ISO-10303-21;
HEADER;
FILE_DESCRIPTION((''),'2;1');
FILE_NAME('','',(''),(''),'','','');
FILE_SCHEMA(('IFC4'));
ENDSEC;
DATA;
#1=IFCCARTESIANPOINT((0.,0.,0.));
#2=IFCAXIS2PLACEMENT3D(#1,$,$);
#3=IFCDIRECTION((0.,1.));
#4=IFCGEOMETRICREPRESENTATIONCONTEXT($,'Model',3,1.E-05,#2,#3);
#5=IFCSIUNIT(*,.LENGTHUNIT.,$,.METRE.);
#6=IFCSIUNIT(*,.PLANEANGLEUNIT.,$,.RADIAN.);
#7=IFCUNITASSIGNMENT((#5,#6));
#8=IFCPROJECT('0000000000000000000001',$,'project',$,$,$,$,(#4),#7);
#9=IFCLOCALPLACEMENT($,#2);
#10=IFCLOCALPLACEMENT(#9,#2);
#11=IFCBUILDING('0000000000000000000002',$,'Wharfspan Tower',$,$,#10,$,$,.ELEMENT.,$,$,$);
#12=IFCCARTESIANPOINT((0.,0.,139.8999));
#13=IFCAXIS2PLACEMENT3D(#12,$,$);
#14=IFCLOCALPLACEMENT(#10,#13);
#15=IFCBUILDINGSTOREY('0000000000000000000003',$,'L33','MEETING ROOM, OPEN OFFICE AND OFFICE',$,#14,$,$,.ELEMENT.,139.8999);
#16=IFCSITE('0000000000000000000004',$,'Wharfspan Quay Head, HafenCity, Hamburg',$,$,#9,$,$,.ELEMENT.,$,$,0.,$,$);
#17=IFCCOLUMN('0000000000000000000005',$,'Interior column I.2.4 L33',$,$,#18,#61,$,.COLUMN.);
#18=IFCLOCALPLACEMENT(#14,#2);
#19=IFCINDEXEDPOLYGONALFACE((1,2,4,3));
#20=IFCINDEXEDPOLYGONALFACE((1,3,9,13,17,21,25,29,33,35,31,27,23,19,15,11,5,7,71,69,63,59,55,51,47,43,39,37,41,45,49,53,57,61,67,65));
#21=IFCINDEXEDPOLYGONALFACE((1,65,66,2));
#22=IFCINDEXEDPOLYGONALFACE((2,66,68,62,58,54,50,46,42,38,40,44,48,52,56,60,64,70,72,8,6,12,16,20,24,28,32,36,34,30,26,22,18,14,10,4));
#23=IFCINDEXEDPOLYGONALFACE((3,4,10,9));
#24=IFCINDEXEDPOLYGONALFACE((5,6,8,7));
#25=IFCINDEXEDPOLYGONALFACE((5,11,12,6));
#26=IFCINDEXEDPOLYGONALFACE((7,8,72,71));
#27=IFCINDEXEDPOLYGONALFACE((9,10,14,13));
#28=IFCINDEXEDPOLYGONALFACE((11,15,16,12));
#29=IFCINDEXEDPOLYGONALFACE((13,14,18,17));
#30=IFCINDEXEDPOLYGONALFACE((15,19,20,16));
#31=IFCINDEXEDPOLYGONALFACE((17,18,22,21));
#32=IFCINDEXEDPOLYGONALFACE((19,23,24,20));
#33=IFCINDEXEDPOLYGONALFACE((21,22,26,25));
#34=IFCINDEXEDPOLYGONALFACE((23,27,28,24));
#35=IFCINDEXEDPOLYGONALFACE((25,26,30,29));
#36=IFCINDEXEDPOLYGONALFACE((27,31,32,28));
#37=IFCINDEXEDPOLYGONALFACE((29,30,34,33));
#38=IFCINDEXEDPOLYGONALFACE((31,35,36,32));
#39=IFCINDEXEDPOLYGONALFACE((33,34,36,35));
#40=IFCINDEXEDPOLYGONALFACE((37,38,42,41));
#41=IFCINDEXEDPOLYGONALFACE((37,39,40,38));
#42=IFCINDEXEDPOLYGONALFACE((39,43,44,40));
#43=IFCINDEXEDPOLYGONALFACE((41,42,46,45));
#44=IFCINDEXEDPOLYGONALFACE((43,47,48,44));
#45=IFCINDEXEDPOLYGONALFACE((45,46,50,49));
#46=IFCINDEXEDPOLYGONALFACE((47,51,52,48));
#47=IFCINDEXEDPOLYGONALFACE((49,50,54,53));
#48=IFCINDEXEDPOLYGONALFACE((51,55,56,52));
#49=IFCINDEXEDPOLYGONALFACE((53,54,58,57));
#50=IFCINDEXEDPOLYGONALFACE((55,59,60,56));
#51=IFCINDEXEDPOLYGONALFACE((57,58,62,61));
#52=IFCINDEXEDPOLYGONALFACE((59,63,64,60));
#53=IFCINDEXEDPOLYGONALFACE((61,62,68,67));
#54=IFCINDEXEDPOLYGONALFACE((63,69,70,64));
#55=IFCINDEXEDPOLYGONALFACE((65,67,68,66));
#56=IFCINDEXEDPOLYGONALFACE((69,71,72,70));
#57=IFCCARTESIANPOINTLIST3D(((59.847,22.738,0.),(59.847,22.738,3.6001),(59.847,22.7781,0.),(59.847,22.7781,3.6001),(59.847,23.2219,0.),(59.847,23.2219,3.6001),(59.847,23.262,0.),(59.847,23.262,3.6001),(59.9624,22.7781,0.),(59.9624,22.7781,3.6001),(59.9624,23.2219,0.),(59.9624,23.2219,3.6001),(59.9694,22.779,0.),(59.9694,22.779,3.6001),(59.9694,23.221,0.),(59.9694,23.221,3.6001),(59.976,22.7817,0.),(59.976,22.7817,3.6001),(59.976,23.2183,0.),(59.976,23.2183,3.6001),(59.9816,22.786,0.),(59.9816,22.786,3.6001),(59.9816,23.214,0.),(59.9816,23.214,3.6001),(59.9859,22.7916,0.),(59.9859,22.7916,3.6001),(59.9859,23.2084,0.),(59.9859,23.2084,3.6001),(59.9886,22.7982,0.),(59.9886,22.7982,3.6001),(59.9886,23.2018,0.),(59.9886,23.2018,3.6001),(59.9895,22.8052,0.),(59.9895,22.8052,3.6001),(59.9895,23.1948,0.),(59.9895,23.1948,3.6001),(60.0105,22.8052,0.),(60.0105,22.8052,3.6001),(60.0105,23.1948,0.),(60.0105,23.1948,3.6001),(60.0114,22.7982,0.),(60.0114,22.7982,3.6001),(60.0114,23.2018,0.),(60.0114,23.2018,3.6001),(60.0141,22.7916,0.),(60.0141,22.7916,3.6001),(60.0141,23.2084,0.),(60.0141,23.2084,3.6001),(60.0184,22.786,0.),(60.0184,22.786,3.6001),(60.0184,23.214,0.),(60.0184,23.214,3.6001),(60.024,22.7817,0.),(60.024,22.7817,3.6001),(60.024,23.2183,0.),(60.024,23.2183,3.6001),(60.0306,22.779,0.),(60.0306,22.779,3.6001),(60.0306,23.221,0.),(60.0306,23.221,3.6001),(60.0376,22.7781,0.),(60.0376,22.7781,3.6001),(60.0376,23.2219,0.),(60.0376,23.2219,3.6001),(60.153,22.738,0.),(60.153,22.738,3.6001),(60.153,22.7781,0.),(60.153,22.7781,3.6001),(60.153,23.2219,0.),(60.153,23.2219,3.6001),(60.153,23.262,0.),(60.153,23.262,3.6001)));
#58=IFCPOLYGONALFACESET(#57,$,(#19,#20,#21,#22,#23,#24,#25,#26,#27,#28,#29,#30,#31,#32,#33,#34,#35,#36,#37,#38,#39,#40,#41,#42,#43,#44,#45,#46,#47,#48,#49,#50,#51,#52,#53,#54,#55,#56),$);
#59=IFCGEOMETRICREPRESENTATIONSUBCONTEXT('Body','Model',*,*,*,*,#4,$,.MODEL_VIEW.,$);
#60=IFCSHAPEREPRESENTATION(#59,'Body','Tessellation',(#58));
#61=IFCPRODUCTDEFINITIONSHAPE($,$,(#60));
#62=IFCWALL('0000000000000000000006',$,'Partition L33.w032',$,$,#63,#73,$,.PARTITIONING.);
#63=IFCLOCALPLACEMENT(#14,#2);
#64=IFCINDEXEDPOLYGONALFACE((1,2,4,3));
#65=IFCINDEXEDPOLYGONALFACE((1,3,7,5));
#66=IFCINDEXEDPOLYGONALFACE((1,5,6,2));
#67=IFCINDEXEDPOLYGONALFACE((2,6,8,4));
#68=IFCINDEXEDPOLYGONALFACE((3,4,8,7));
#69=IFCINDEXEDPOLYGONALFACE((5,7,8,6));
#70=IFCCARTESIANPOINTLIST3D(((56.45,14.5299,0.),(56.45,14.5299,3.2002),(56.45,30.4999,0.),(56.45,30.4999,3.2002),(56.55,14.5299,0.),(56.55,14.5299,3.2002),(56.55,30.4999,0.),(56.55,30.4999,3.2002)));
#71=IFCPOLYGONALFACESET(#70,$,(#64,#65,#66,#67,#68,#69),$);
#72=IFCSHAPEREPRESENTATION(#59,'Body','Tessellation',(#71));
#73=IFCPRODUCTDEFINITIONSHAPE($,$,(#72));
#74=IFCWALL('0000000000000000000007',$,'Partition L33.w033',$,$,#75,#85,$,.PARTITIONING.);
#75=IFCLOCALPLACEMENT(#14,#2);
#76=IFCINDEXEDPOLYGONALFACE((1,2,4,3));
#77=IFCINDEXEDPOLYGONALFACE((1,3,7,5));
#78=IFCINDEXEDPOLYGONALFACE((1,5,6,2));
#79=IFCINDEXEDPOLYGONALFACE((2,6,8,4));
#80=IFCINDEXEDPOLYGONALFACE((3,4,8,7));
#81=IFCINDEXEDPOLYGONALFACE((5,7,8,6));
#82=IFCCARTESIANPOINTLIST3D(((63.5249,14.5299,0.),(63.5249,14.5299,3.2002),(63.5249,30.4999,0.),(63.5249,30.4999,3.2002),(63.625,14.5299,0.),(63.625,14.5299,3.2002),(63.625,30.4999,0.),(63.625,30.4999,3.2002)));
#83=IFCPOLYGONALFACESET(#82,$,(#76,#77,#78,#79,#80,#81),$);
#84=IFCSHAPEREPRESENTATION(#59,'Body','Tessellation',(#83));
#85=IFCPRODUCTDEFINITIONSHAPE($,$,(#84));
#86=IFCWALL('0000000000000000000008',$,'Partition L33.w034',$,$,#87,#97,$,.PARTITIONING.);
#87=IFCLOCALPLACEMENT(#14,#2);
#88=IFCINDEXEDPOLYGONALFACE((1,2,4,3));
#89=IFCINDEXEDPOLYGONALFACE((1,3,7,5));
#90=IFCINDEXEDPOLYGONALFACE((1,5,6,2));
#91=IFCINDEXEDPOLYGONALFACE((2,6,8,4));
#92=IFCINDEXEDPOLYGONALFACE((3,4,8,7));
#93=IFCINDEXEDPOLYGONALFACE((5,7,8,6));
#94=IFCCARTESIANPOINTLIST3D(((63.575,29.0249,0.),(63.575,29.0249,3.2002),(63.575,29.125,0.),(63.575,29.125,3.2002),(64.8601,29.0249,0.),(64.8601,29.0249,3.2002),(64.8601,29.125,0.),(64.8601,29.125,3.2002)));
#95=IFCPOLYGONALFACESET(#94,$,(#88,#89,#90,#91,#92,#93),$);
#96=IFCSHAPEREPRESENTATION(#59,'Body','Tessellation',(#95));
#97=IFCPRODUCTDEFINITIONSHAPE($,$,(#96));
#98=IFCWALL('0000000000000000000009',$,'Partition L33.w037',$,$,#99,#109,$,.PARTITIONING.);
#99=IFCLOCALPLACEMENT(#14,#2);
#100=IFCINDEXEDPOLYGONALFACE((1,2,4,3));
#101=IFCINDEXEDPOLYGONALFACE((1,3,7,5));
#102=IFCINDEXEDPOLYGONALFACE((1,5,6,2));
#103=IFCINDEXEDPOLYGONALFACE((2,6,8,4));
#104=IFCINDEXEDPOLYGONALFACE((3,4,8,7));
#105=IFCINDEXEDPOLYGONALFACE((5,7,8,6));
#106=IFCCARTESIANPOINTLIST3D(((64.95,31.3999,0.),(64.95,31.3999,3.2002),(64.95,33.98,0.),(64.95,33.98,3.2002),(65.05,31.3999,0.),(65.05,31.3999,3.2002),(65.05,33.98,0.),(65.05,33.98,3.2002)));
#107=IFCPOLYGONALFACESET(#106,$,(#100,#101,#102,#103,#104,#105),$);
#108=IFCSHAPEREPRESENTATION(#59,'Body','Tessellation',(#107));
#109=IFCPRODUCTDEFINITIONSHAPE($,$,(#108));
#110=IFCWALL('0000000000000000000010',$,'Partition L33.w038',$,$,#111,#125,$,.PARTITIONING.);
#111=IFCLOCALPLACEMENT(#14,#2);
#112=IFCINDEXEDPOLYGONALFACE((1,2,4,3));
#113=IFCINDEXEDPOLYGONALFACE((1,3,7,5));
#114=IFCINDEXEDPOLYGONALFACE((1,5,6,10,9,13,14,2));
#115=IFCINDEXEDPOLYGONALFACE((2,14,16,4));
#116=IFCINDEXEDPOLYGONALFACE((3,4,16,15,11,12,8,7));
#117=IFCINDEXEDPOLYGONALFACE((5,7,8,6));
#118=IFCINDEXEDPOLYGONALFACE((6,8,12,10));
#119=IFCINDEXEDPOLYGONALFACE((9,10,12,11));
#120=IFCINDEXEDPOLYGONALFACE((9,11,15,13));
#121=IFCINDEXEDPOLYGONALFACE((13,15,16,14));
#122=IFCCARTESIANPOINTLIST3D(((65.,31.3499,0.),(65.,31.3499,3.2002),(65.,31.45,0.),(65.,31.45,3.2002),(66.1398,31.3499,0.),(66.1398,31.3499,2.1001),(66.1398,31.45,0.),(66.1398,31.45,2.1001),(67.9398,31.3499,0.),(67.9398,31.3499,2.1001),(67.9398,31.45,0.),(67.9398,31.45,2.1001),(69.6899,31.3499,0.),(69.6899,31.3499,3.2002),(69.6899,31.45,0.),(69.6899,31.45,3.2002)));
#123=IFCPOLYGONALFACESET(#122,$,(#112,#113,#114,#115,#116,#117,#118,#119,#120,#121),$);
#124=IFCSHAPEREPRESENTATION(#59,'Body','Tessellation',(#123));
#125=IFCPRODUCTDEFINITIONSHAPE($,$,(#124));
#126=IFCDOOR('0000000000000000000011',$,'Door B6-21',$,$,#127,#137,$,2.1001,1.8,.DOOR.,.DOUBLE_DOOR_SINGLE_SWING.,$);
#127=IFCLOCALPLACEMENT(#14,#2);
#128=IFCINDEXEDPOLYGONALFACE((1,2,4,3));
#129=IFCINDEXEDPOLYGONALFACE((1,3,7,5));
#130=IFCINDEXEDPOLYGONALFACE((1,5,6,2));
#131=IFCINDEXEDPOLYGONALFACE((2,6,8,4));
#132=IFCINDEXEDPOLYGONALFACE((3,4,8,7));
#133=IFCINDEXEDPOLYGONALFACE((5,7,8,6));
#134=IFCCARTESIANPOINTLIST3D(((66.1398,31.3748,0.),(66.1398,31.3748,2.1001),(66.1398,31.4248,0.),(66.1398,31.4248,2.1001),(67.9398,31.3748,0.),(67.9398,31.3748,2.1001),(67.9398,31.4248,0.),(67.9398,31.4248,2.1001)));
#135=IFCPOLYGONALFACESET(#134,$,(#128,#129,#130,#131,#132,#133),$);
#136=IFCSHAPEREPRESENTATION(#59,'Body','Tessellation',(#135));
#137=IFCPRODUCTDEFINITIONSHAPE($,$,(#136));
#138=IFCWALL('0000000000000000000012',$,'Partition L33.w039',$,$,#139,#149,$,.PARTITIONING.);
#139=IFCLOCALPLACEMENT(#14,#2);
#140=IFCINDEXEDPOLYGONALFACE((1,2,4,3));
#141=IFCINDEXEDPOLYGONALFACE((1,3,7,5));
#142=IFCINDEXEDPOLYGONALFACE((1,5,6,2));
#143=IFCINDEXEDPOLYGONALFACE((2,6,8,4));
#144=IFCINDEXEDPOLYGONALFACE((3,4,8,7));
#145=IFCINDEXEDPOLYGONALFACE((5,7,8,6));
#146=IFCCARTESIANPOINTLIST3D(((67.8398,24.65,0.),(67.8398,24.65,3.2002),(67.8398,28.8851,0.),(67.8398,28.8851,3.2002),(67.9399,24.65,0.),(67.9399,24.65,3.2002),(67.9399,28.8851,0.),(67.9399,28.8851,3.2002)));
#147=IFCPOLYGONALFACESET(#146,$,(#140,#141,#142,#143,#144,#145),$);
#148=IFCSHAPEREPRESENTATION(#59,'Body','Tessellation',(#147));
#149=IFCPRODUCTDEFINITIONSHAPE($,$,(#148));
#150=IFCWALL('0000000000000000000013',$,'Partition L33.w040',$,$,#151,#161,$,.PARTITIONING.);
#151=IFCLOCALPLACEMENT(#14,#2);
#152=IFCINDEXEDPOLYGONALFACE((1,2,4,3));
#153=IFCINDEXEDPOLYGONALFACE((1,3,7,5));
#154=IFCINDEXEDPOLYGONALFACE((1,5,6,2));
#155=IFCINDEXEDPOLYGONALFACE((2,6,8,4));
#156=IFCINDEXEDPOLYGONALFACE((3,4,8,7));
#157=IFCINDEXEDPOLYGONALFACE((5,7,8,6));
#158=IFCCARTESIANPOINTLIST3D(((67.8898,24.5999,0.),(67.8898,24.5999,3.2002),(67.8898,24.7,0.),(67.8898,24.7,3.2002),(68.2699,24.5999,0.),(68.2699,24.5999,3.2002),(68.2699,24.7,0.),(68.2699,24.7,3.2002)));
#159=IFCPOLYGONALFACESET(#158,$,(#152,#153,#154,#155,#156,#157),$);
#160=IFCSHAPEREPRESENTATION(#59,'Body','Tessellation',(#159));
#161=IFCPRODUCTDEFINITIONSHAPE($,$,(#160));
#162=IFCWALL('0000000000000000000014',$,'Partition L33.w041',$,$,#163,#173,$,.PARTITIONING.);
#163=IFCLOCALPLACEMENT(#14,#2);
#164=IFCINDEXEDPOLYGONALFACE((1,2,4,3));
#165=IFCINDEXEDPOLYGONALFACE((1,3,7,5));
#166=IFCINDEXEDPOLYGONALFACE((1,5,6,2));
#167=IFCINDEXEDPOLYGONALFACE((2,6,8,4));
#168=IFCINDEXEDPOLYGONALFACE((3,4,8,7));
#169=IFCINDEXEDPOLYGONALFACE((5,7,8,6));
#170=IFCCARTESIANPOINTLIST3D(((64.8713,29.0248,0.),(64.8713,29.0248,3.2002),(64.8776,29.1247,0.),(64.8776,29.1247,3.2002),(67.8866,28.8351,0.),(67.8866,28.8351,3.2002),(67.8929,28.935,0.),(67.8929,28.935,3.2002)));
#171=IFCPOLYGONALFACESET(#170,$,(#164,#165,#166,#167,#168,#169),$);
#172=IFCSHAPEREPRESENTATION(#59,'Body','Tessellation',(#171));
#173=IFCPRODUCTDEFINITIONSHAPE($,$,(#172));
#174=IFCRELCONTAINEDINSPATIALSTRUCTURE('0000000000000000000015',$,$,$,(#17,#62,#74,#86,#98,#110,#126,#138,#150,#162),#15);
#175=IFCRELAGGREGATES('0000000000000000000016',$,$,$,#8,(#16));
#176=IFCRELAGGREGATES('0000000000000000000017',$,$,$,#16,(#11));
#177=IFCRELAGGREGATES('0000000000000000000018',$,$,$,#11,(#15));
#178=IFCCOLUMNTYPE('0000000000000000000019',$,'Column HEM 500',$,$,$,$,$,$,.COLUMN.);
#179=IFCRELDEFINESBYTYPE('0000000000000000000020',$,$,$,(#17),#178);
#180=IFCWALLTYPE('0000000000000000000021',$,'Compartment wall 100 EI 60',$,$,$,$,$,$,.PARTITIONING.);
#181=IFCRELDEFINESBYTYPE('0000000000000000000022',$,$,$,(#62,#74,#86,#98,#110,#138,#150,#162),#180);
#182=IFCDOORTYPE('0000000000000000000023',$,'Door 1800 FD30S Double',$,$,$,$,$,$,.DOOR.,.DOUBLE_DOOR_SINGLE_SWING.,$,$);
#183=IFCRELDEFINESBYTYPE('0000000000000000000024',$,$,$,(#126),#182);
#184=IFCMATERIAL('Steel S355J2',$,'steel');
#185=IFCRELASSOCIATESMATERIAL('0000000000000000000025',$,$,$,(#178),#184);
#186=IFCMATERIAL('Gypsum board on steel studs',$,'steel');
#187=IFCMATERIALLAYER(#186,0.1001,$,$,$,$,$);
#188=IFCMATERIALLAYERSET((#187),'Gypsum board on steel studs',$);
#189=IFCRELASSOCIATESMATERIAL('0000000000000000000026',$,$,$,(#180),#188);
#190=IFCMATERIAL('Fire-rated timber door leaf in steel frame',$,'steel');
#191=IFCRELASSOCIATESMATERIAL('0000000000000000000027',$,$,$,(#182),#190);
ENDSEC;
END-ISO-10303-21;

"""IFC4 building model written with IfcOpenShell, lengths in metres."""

from ifc_helpers import new_model, si_unit, direction, frame, frame_2d, origin, origin_2d, place, context, subcontext, project, spatial, rectangle, i_section, extrude, material, layer, layer_set, material_profile, profile_set, type_object, element, fill, save


model = new_model("IFC4")

# Units and contexts
model_context = context("Model", 3, precision=1e-05, world=origin(), true_north=direction((0.0, 1.0)))
body_context = subcontext(model_context, "Body", "Model", "MODEL_VIEW")
ifc_project = project(units=[si_unit("LENGTHUNIT", "METRE"), si_unit("PLANEANGLEUNIT", "RADIAN")], contexts=[model_context])

# Site, building, storey
site_placement = place(None, origin())
site = spatial("IfcSite", under=ifc_project, at=site_placement, Name="Wharfspan Quay Head, HafenCity, Hamburg", CompositionType="ELEMENT", RefElevation=0.0)
building_placement = place(site_placement, origin())
building = spatial("IfcBuilding", under=site, at=building_placement, Name="Wharfspan Tower", CompositionType="ELEMENT")
storey_placement = place(building_placement, frame((0.0, 0.0, 139.8999)))
storey = spatial("IfcBuildingStorey", under=building, at=storey_placement, Name="L33", Description="MEETING ROOM, OPEN OFFICE AND OFFICE", CompositionType="ELEMENT", Elevation=139.8999)

# Column
ifc_material_1 = material(Name="Steel S355J2", Category="steel")
ifc_material_profile = material_profile(ifc_material_1, i_section(OverallWidth=0.3059, OverallDepth=0.5239, WebThickness=0.021, FlangeThickness=0.04, FilletRadius=0.0271, at=origin_2d()))
ifc_profile_set = profile_set([ifc_material_profile], Name="Steel S355J2")
column_type = type_object("IfcColumnType", Name="Column HEM 500", PredefinedType="COLUMN", material=ifc_profile_set)
column_placement = place(storey_placement, frame((60.0, 23.0, 0.0), z_axis=(0.0, 0.0, 1.0), x_axis=(1.0, 0.0, 0.0)))
element("IfcColumn", 1, at=column_placement, inside=storey, type_object=column_type, Name="Interior column I.2.4 L33", PredefinedType="COLUMN", context=body_context, shape_type="SweptSolid", body=[
    extrude(i_section(OverallWidth=0.3059, OverallDepth=0.5239, WebThickness=0.021, FlangeThickness=0.04, FilletRadius=0.0271, at=origin_2d()), origin(), (0.0, 0.0, 1.0), 3.6001),
])

# Walls
ifc_material_2 = material(Name="Gypsum board on steel studs", Category="steel")
ifc_layer_1 = layer(ifc_material_2, 0.1001)
ifc_layer_set_1 = layer_set([ifc_layer_1], Name="Gypsum board on steel studs")
wall_type_1 = type_object("IfcWallType", Name="Compartment wall 100 EI 60", PredefinedType="PARTITIONING", material=ifc_layer_set_1)
for number, where, z_axis, x_axis, name in (
    (2, (56.5, 14.53, 0.0), (0.0, 0.0, 1.0), (0.0, 1.0, 0.0), "Partition L33.w032"),
    (3, (63.575, 14.53, 0.0), (0.0, 0.0, 1.0), (0.0, 1.0, 0.0), "Partition L33.w033"),
):
    element("IfcWall", number, at=place(storey_placement, frame(where, z_axis=z_axis, x_axis=x_axis)), inside=storey, type_object=wall_type_1, Name=name, PredefinedType="PARTITIONING", context=body_context, shape_type="SweptSolid", body=[
        extrude(rectangle(XDim=15.97, YDim=0.1001, at=frame_2d((7.9849, 0.0))), origin(), (0.0, 0.0, 1.0), 3.2002),
    ])
wall_1_placement = place(storey_placement, frame((63.575, 29.075, 0.0), z_axis=(0.0, 0.0, 1.0), x_axis=(1.0, 0.0, 0.0)))
element("IfcWall", 4, at=wall_1_placement, inside=storey, type_object=wall_type_1, Name="Partition L33.w034", PredefinedType="PARTITIONING", context=body_context, shape_type="SweptSolid", body=[
    extrude(rectangle(XDim=1.2852, YDim=0.1001, at=frame_2d((0.6426, 0.0))), origin(), (0.0, 0.0, 1.0), 3.2002),
])
wall_2_placement = place(storey_placement, frame((65.0, 31.3999, 0.0), z_axis=(0.0, 0.0, 1.0), x_axis=(0.0, 1.0, 0.0)))
element("IfcWall", 5, at=wall_2_placement, inside=storey, type_object=wall_type_1, Name="Partition L33.w037", PredefinedType="PARTITIONING", context=body_context, shape_type="SweptSolid", body=[
    extrude(rectangle(XDim=2.5801, YDim=0.1001, at=frame_2d((1.29, 0.0))), origin(), (0.0, 0.0, 1.0), 3.2002),
])

# Wall, opening, door
wall_3_placement = place(storey_placement, frame((65.0, 31.3999, 0.0), z_axis=(0.0, 0.0, 1.0), x_axis=(1.0, 0.0, 0.0)))
wall_3 = element("IfcWall", 6, at=wall_3_placement, inside=storey, type_object=wall_type_1, Name="Partition L33.w038", PredefinedType="PARTITIONING", context=body_context, shape_type="SweptSolid", body=[
    extrude(rectangle(XDim=4.6899, YDim=0.1001, at=frame_2d((2.345, 0.0))), origin(), (0.0, 0.0, 1.0), 3.2002),
])
opening_1_placement = place(wall_3_placement, frame((1.1399, 0.0, 0.0)))
opening_1 = element("IfcOpeningElement", 7, at=opening_1_placement, cuts=wall_3, PredefinedType="OPENING", context=body_context, shape_type="SweptSolid", body=[
    extrude(rectangle(XDim=1.8, YDim=2.1001, at=frame_2d((0.8999, 1.05))), frame((0.0, 0.0601, 0.0), z_axis=(0.0, -1.0, 0.0), x_axis=(1.0, 0.0, 0.0)), (0.0, 0.0, 1.0), 0.1201),
])
ifc_material_3 = material(Name="Fire-rated timber door leaf in steel frame", Category="steel")
door_type_1 = type_object("IfcDoorType", Name="Door 1800 FD30S Double", OperationType="DOUBLE_DOOR_SINGLE_SWING", PredefinedType="DOOR", material=ifc_material_3)
door_1_placement = place(opening_1_placement, origin())
door_1 = element("IfcDoor", 8, at=door_1_placement, inside=storey, type_object=door_type_1, Name="Door B6-21", OperationType="DOUBLE_DOOR_SINGLE_SWING", OverallHeight=2.1001, OverallWidth=1.8, PredefinedType="DOOR", context=body_context, shape_type="SweptSolid", body=[
    extrude(rectangle(XDim=1.8, YDim=2.1001, at=frame_2d((0.8999, 1.05))), frame((0.0, 0.0249, 0.0), z_axis=(0.0, -1.0, 0.0), x_axis=(1.0, 0.0, 0.0)), (0.0, 0.0, 1.0), 0.05),
])
fill(opening_1, door_1)

# Walls
wall_4_placement = place(storey_placement, frame((67.8899, 24.6499, 0.0), z_axis=(0.0, 0.0, 1.0), x_axis=(0.0, 1.0, 0.0)))
element("IfcWall", 9, at=wall_4_placement, inside=storey, type_object=wall_type_1, Name="Partition L33.w039", PredefinedType="PARTITIONING", context=body_context, shape_type="SweptSolid", body=[
    extrude(rectangle(XDim=4.2351, YDim=0.1001, at=frame_2d((2.1177, 0.0))), origin(), (0.0, 0.0, 1.0), 3.2002),
])
wall_5_placement = place(storey_placement, frame((67.8899, 24.6499, 0.0), z_axis=(0.0, 0.0, 1.0), x_axis=(1.0, 0.0, 0.0)))
element("IfcWall", 10, at=wall_5_placement, inside=storey, type_object=wall_type_1, Name="Partition L33.w040", PredefinedType="PARTITIONING", context=body_context, shape_type="SweptSolid", body=[
    extrude(rectangle(XDim=0.3801, YDim=0.1001, at=frame_2d((0.1899, 0.0))), origin(), (0.0, 0.0, 1.0), 3.2002),
])
wall_6_placement = place(storey_placement, frame((67.8899, 28.885, 0.0), z_axis=(0.0, 0.0, 1.0), x_axis=(-0.998031, 0.062786, 0.0)))
element("IfcWall", 11, at=wall_6_placement, inside=storey, type_object=wall_type_1, Name="Partition L33.w041", PredefinedType="PARTITIONING", context=body_context, shape_type="SweptSolid", body=[
    extrude(rectangle(XDim=3.0212, YDim=0.1001, at=frame_2d((1.5107, 0.0))), origin(), (0.0, 0.0, 1.0), 3.2002),
])

save(model, "model.ifc")
